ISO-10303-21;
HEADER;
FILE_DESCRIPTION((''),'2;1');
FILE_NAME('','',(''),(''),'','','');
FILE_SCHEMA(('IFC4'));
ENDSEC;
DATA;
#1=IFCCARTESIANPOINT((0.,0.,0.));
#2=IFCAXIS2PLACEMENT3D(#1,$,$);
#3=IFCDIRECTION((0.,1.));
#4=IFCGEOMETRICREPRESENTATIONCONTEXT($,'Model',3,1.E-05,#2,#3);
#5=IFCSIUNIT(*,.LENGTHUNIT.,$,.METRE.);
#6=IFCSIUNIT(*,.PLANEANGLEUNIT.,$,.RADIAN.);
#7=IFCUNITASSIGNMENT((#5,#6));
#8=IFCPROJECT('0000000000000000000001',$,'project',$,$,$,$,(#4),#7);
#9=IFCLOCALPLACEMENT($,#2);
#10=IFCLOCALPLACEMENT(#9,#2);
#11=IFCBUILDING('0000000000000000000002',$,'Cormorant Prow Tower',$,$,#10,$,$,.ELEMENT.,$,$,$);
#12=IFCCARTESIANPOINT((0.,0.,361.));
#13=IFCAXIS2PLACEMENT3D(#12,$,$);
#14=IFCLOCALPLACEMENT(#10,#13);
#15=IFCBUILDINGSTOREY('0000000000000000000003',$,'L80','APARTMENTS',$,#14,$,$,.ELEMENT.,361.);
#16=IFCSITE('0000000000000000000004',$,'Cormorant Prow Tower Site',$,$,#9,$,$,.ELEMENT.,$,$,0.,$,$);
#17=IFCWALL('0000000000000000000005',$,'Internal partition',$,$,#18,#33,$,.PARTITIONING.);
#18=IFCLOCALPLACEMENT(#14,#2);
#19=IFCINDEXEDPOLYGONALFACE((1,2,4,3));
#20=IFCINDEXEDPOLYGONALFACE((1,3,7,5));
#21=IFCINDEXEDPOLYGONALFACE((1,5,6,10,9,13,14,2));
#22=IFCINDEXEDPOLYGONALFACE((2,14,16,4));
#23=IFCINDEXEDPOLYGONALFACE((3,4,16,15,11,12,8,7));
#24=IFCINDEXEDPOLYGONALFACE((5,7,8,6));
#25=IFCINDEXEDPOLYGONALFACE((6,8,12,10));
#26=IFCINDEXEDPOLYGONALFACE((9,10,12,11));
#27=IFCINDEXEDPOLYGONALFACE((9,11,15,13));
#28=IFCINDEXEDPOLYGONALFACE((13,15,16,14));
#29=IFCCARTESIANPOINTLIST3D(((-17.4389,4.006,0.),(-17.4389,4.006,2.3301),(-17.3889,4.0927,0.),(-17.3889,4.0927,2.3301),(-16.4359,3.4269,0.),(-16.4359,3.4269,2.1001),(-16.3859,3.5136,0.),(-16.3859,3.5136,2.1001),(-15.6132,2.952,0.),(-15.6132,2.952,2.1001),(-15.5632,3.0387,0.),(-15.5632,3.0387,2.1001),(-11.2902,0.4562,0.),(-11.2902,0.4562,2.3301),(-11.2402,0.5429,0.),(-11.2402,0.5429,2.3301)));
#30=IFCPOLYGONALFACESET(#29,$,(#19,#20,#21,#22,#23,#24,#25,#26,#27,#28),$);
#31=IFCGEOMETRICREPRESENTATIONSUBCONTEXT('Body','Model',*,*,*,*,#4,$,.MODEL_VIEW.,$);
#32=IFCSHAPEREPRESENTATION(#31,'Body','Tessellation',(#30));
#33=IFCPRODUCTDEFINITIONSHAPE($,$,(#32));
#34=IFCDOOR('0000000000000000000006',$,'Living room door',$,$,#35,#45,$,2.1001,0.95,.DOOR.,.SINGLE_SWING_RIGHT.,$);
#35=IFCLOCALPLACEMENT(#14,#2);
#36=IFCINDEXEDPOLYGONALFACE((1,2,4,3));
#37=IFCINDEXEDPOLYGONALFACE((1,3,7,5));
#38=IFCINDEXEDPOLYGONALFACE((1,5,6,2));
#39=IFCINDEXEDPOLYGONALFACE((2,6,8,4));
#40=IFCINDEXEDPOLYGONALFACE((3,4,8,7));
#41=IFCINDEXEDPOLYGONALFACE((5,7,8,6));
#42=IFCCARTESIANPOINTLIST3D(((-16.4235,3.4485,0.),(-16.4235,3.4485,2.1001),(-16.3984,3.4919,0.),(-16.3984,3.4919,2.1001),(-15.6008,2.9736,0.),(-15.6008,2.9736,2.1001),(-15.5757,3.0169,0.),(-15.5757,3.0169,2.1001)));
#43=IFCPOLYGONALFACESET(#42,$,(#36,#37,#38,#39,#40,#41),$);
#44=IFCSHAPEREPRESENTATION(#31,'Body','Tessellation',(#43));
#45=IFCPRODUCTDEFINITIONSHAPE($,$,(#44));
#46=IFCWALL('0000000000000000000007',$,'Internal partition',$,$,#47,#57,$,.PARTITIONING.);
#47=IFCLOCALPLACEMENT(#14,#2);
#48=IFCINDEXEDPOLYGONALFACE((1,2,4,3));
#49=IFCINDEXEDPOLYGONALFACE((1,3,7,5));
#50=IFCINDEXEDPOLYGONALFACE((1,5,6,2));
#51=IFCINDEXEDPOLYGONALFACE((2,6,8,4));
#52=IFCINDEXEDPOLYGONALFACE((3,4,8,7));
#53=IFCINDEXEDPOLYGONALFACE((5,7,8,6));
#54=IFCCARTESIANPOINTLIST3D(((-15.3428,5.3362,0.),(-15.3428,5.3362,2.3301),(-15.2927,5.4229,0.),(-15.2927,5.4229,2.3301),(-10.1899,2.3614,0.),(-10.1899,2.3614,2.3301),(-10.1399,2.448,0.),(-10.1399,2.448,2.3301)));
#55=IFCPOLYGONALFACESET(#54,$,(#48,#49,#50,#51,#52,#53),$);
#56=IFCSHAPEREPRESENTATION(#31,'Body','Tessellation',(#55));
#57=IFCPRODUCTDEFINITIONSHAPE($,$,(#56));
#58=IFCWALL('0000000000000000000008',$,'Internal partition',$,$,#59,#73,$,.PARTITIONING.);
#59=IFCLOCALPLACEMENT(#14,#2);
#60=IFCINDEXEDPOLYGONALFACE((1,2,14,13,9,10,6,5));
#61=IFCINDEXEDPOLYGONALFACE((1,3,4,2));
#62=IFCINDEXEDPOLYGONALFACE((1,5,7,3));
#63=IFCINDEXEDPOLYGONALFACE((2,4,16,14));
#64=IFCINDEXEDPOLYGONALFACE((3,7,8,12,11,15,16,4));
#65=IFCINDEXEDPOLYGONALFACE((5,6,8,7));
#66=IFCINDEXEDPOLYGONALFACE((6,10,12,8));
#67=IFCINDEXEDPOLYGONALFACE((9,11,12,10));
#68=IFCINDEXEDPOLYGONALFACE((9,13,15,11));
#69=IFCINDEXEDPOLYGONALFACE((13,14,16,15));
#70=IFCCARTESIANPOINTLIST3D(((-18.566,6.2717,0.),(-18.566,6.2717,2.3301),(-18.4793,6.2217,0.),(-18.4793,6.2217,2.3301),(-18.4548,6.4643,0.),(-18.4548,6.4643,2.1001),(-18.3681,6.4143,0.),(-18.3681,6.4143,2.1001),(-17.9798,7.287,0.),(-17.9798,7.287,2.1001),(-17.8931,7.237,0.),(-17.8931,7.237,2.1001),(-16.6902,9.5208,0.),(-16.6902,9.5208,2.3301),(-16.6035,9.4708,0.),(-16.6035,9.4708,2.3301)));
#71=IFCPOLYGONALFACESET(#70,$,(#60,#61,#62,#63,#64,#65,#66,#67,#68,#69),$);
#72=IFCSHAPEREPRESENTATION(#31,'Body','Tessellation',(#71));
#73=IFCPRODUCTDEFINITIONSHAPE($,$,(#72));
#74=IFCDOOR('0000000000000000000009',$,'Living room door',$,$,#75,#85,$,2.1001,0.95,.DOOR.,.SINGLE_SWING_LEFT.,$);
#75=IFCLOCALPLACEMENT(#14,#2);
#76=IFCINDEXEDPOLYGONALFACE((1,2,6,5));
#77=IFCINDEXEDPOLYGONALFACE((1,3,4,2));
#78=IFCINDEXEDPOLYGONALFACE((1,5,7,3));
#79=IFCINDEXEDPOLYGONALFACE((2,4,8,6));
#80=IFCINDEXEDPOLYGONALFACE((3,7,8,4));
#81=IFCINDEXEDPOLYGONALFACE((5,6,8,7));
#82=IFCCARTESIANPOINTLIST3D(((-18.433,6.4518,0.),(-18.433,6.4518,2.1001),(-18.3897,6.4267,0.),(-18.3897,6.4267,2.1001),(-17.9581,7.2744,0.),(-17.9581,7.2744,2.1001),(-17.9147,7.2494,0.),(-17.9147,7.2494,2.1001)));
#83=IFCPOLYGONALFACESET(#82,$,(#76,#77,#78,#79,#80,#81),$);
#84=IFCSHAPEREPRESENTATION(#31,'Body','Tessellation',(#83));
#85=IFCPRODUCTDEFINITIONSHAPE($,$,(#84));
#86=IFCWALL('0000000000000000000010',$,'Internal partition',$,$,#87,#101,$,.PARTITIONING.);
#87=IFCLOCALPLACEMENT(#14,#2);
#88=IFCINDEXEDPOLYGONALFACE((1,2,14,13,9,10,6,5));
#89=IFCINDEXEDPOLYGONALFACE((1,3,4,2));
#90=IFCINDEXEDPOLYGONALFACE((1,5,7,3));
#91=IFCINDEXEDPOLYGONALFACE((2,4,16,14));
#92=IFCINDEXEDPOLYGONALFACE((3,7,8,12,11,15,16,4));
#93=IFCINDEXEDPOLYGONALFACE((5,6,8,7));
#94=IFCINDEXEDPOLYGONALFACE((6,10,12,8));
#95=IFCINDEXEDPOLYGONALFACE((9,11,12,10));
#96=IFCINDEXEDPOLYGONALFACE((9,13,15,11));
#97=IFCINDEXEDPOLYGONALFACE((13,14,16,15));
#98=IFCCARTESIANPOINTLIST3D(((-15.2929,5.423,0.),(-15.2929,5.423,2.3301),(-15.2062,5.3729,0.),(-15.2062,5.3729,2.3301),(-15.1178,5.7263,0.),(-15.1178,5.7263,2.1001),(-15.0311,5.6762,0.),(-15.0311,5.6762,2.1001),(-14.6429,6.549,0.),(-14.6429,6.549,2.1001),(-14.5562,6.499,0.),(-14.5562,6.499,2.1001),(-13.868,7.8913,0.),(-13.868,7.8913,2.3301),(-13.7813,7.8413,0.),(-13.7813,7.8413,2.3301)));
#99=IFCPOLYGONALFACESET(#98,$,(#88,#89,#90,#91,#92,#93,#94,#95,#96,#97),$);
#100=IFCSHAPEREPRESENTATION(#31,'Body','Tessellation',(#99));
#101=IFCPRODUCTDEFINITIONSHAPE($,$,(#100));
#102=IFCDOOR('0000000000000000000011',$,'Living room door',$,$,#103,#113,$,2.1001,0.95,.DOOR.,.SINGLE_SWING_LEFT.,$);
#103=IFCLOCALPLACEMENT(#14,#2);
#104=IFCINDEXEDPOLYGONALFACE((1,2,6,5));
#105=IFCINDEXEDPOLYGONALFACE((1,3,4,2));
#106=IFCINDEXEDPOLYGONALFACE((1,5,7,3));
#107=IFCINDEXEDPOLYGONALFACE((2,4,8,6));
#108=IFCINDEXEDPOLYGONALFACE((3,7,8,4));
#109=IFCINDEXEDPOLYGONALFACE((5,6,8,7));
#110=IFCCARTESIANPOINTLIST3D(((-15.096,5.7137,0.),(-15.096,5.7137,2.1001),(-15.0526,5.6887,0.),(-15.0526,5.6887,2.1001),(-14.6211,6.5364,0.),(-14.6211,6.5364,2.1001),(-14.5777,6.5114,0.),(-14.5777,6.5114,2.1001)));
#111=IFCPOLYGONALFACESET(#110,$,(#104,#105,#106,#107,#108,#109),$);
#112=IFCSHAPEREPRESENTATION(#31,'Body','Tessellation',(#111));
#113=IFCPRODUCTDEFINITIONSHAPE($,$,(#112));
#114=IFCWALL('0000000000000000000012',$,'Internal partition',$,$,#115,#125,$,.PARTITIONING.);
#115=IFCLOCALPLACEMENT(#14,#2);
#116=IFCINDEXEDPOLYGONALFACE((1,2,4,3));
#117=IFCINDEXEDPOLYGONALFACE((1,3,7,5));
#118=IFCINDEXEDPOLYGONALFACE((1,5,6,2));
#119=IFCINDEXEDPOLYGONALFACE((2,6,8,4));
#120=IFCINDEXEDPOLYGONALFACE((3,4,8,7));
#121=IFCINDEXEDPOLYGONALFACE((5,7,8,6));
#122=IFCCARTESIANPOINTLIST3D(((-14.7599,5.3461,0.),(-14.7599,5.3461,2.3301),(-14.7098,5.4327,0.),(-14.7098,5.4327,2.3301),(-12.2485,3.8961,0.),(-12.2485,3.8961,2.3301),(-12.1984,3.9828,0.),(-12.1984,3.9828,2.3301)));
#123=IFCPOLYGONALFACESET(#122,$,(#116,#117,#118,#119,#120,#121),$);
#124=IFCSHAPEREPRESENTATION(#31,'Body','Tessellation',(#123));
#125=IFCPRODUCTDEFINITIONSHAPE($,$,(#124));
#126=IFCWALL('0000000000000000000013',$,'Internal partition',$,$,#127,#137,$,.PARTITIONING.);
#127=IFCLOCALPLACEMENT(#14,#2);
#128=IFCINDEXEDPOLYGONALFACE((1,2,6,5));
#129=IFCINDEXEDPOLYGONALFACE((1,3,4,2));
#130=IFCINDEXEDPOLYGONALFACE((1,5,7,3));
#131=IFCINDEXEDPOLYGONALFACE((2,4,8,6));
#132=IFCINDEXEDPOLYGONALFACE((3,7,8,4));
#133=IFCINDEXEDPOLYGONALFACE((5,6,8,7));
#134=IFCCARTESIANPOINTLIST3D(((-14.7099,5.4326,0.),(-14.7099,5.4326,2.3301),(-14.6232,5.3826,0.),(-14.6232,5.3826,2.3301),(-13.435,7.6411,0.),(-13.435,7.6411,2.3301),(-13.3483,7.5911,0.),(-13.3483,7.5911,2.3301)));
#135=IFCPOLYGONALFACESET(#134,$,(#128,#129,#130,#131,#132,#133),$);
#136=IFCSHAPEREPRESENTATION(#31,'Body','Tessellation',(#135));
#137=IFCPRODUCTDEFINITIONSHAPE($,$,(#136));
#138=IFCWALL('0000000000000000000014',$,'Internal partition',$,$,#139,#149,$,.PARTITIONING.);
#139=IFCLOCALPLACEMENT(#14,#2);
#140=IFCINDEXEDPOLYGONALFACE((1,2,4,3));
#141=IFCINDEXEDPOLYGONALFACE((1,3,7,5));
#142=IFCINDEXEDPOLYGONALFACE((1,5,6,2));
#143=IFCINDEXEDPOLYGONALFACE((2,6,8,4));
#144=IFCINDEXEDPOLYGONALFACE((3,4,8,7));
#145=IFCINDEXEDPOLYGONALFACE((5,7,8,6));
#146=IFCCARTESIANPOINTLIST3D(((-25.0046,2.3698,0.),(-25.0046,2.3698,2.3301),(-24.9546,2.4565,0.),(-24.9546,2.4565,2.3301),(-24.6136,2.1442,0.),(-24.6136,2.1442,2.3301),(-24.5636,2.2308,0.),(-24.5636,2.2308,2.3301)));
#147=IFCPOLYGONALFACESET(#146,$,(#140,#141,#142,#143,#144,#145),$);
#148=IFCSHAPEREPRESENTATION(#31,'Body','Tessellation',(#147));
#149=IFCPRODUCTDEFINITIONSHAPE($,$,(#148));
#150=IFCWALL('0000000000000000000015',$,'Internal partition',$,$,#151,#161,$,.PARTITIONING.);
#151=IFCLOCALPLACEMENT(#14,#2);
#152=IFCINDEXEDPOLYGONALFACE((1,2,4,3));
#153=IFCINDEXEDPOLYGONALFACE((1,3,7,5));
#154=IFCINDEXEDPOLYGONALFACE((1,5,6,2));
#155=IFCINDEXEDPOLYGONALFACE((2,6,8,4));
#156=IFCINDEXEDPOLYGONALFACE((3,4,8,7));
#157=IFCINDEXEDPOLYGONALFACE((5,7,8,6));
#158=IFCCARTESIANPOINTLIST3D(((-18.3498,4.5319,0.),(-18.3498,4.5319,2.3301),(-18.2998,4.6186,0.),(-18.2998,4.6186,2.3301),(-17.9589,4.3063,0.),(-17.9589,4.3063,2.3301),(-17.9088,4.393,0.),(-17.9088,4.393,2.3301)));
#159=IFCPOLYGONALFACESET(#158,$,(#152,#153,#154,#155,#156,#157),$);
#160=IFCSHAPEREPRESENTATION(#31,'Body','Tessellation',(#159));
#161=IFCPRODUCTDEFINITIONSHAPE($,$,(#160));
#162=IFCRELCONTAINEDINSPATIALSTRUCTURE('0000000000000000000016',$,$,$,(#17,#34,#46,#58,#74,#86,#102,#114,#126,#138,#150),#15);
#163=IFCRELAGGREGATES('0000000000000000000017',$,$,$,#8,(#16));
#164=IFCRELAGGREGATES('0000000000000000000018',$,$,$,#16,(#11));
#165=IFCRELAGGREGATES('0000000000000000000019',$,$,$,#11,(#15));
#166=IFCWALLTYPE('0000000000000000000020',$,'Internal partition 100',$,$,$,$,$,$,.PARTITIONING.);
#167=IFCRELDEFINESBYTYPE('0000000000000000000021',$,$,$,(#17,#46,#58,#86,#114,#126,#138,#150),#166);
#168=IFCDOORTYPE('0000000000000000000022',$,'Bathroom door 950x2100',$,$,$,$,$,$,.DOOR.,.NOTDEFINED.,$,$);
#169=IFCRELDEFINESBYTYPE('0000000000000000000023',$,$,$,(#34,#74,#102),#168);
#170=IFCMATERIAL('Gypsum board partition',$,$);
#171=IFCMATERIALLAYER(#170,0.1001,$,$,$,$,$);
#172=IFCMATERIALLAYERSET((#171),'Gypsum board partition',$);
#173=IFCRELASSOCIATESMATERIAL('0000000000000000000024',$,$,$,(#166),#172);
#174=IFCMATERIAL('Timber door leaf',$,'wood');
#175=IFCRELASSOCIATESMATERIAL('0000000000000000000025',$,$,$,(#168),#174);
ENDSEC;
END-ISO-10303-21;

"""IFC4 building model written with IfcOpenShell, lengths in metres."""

from ifc_helpers import new_model, si_unit, direction, frame, frame_2d, origin, place, context, subcontext, project, spatial, rectangle, extrude, material, layer, layer_set, type_object, element, fill, save


model = new_model("IFC4")

# Units and contexts
model_context = context("Model", 3, precision=1e-05, world=origin(), true_north=direction((0.0, 1.0)))
body_context = subcontext(model_context, "Body", "Model", "MODEL_VIEW")
ifc_project = project(units=[si_unit("LENGTHUNIT", "METRE"), si_unit("PLANEANGLEUNIT", "RADIAN")], contexts=[model_context])

# Site, building, storey
site_placement = place(None, origin())
site = spatial("IfcSite", under=ifc_project, at=site_placement, Name="Cormorant Prow Tower Site", CompositionType="ELEMENT", RefElevation=0.0)
building_placement = place(site_placement, origin())
building = spatial("IfcBuilding", under=site, at=building_placement, Name="Cormorant Prow Tower", CompositionType="ELEMENT")
storey_placement = place(building_placement, frame((0.0, 0.0, 361.0)))
storey = spatial("IfcBuildingStorey", under=building, at=storey_placement, Name="L80", Description="APARTMENTS", CompositionType="ELEMENT", Elevation=361.0)

# Wall, opening, door
ifc_material_1 = material(Name="Gypsum board partition")
ifc_layer_1 = layer(ifc_material_1, 0.1001)
ifc_layer_set_1 = layer_set([ifc_layer_1], Name="Gypsum board partition")
wall_type_1 = type_object("IfcWallType", Name="Internal partition 100", PredefinedType="PARTITIONING", material=ifc_layer_set_1)
ifc_material_2 = material(Name="Timber door leaf", Category="wood")
door_type_1 = type_object("IfcDoorType", Name="Bathroom door 950x2100", OperationType="NOTDEFINED", PredefinedType="DOOR", material=ifc_material_2)
wall_1_placement = place(storey_placement, frame((-17.4138, 4.0493, 0.0), z_axis=(0.0, 0.0, 1.0), x_axis=(0.866034, -0.499985, 0.0)))
wall_1 = element("IfcWall", 1, at=wall_1_placement, inside=storey, type_object=wall_type_1, Name="Internal partition", PredefinedType="PARTITIONING", context=body_context, shape_type="SweptSolid", body=[
    extrude(rectangle(XDim=7.0999, YDim=0.1001, at=frame_2d((3.5498, 0.0))), origin(), (0.0, 0.0, 1.0), 2.3301),
])
opening_1_placement = place(wall_1_placement, frame((1.158, 0.0, 0.0)))
opening_1 = element("IfcOpeningElement", 2, at=opening_1_placement, cuts=wall_1, PredefinedType="OPENING", context=body_context, shape_type="SweptSolid", body=[
    extrude(rectangle(XDim=0.95, YDim=2.1001, at=frame_2d((0.4751, 1.05))), frame((0.0, 0.0601, 0.0), z_axis=(0.0, -1.0, 0.0), x_axis=(1.0, 0.0, 0.0)), (0.0, 0.0, 1.0), 0.1201),
])
door_1_placement = place(opening_1_placement, origin())
door_1 = element("IfcDoor", 3, at=door_1_placement, inside=storey, type_object=door_type_1, Name="Living room door", OperationType="SINGLE_SWING_RIGHT", OverallHeight=2.1001, OverallWidth=0.95, PredefinedType="DOOR", context=body_context, shape_type="SweptSolid", body=[
    extrude(rectangle(XDim=0.95, YDim=2.1001, at=frame_2d((0.4751, 1.05))), frame((0.0, 0.0249, 0.0), z_axis=(0.0, -1.0, 0.0), x_axis=(1.0, 0.0, 0.0)), (0.0, 0.0, 1.0), 0.05),
])
fill(opening_1, door_1)

# Wall
wall_2_placement = place(storey_placement, frame((-15.3179, 5.3796, 0.0), z_axis=(0.0, 0.0, 1.0), x_axis=(0.866035, -0.499983, 0.0)))
element("IfcWall", 4, at=wall_2_placement, inside=storey, type_object=wall_type_1, Name="Internal partition", PredefinedType="PARTITIONING", context=body_context, shape_type="SweptSolid", body=[
    extrude(rectangle(XDim=5.95, YDim=0.1001, at=frame_2d((2.9751, 0.0))), origin(), (0.0, 0.0, 1.0), 2.3301),
])

# Walls, openings, doors
wall_3_placement = place(storey_placement, frame((-18.5227, 6.2466, 0.0), z_axis=(0.0, 0.0, 1.0), x_axis=(0.499982, 0.866036, 0.0)))
wall_3 = element("IfcWall", 5, at=wall_3_placement, inside=storey, type_object=wall_type_1, Name="Internal partition", PredefinedType="PARTITIONING", context=body_context, shape_type="SweptSolid", body=[
    extrude(rectangle(XDim=3.7517, YDim=0.1001, at=frame_2d((1.876, 0.0))), origin(), (0.0, 0.0, 1.0), 2.3301),
])
opening_2_placement = place(wall_3_placement, frame((0.2224, 0.0, 0.0)))
opening_2 = element("IfcOpeningElement", 6, at=opening_2_placement, cuts=wall_3, PredefinedType="OPENING", context=body_context, shape_type="SweptSolid", body=[
    extrude(rectangle(XDim=0.95, YDim=2.1001, at=frame_2d((0.4751, 1.05))), frame((0.0, 0.0601, 0.0), z_axis=(0.0, -1.0, 0.0), x_axis=(1.0, 0.0, 0.0)), (0.0, 0.0, 1.0), 0.1201),
])
door_2_placement = place(opening_2_placement, origin())
door_2 = element("IfcDoor", 7, at=door_2_placement, inside=storey, type_object=door_type_1, Name="Living room door", OperationType="SINGLE_SWING_LEFT", OverallHeight=2.1001, OverallWidth=0.95, PredefinedType="DOOR", context=body_context, shape_type="SweptSolid", body=[
    extrude(rectangle(XDim=0.95, YDim=2.1001, at=frame_2d((0.4751, 1.05))), frame((0.0, 0.0249, 0.0), z_axis=(0.0, -1.0, 0.0), x_axis=(1.0, 0.0, 0.0)), (0.0, 0.0, 1.0), 0.05),
])
fill(opening_2, door_2)
wall_4_placement = place(storey_placement, frame((-15.2495, 5.3979, 0.0), z_axis=(0.0, 0.0, 1.0), x_axis=(0.499935, 0.866063, 0.0)))
wall_4 = element("IfcWall", 8, at=wall_4_placement, inside=storey, type_object=wall_type_1, Name="Internal partition", PredefinedType="PARTITIONING", context=body_context, shape_type="SweptSolid", body=[
    extrude(rectangle(XDim=2.8501, YDim=0.1001, at=frame_2d((1.425, 0.0))), origin(), (0.0, 0.0, 1.0), 2.3301),
])
opening_3_placement = place(wall_4_placement, frame((0.3501, 0.0, 0.0)))
opening_3 = element("IfcOpeningElement", 9, at=opening_3_placement, cuts=wall_4, PredefinedType="OPENING", context=body_context, shape_type="SweptSolid", body=[
    extrude(rectangle(XDim=0.95, YDim=2.1001, at=frame_2d((0.4751, 1.05))), frame((0.0, 0.0601, 0.0), z_axis=(0.0, -1.0, 0.0), x_axis=(1.0, 0.0, 0.0)), (0.0, 0.0, 1.0), 0.1201),
])
door_3_placement = place(opening_3_placement, origin())
door_3 = element("IfcDoor", 10, at=door_3_placement, inside=storey, type_object=door_type_1, Name="Living room door", OperationType="SINGLE_SWING_LEFT", OverallHeight=2.1001, OverallWidth=0.95, PredefinedType="DOOR", context=body_context, shape_type="SweptSolid", body=[
    extrude(rectangle(XDim=0.95, YDim=2.1001, at=frame_2d((0.4751, 1.05))), frame((0.0, 0.0249, 0.0), z_axis=(0.0, -1.0, 0.0), x_axis=(1.0, 0.0, 0.0)), (0.0, 0.0, 1.0), 0.05),
])
fill(opening_3, door_3)

# Walls
wall_5_placement = place(storey_placement, frame((-14.7349, 5.3894, 0.0), z_axis=(0.0, 0.0, 1.0), x_axis=(0.866033, -0.499987, 0.0)))
element("IfcWall", 11, at=wall_5_placement, inside=storey, type_object=wall_type_1, Name="Internal partition", PredefinedType="PARTITIONING", context=body_context, shape_type="SweptSolid", body=[
    extrude(rectangle(XDim=2.8999, YDim=0.1001, at=frame_2d((1.45, 0.0))), origin(), (0.0, 0.0, 1.0), 2.3301),
])
wall_6_placement = place(storey_placement, frame((-14.6665, 5.4077, 0.0), z_axis=(0.0, 0.0, 1.0), x_axis=(0.499949, 0.866055, 0.0)))
element("IfcWall", 12, at=wall_6_placement, inside=storey, type_object=wall_type_1, Name="Internal partition", PredefinedType="PARTITIONING", context=body_context, shape_type="SweptSolid", body=[
    extrude(rectangle(XDim=2.55, YDim=0.1001, at=frame_2d((1.2749, 0.0))), origin(), (0.0, 0.0, 1.0), 2.3301),
])
for number, where, z_axis, x_axis, name in (
    (13, (-24.9795, 2.4131, 0.0), (0.0, 0.0, 1.0), (0.866105, -0.499863, 0.0), "Internal partition"),
    (14, (-18.3247, 4.5752, 0.0), (0.0, 0.0, 1.0), (0.866105, -0.499863, 0.0), "Internal partition"),
):
    element("IfcWall", number, at=place(storey_placement, frame(where, z_axis=z_axis, x_axis=x_axis)), inside=storey, type_object=wall_type_1, Name=name, PredefinedType="PARTITIONING", context=body_context, shape_type="SweptSolid", body=[
        extrude(rectangle(XDim=0.4514, YDim=0.1001, at=frame_2d((0.2256, 0.0))), origin(), (0.0, 0.0, 1.0), 2.3301),
    ])

save(model, "model.ifc")
